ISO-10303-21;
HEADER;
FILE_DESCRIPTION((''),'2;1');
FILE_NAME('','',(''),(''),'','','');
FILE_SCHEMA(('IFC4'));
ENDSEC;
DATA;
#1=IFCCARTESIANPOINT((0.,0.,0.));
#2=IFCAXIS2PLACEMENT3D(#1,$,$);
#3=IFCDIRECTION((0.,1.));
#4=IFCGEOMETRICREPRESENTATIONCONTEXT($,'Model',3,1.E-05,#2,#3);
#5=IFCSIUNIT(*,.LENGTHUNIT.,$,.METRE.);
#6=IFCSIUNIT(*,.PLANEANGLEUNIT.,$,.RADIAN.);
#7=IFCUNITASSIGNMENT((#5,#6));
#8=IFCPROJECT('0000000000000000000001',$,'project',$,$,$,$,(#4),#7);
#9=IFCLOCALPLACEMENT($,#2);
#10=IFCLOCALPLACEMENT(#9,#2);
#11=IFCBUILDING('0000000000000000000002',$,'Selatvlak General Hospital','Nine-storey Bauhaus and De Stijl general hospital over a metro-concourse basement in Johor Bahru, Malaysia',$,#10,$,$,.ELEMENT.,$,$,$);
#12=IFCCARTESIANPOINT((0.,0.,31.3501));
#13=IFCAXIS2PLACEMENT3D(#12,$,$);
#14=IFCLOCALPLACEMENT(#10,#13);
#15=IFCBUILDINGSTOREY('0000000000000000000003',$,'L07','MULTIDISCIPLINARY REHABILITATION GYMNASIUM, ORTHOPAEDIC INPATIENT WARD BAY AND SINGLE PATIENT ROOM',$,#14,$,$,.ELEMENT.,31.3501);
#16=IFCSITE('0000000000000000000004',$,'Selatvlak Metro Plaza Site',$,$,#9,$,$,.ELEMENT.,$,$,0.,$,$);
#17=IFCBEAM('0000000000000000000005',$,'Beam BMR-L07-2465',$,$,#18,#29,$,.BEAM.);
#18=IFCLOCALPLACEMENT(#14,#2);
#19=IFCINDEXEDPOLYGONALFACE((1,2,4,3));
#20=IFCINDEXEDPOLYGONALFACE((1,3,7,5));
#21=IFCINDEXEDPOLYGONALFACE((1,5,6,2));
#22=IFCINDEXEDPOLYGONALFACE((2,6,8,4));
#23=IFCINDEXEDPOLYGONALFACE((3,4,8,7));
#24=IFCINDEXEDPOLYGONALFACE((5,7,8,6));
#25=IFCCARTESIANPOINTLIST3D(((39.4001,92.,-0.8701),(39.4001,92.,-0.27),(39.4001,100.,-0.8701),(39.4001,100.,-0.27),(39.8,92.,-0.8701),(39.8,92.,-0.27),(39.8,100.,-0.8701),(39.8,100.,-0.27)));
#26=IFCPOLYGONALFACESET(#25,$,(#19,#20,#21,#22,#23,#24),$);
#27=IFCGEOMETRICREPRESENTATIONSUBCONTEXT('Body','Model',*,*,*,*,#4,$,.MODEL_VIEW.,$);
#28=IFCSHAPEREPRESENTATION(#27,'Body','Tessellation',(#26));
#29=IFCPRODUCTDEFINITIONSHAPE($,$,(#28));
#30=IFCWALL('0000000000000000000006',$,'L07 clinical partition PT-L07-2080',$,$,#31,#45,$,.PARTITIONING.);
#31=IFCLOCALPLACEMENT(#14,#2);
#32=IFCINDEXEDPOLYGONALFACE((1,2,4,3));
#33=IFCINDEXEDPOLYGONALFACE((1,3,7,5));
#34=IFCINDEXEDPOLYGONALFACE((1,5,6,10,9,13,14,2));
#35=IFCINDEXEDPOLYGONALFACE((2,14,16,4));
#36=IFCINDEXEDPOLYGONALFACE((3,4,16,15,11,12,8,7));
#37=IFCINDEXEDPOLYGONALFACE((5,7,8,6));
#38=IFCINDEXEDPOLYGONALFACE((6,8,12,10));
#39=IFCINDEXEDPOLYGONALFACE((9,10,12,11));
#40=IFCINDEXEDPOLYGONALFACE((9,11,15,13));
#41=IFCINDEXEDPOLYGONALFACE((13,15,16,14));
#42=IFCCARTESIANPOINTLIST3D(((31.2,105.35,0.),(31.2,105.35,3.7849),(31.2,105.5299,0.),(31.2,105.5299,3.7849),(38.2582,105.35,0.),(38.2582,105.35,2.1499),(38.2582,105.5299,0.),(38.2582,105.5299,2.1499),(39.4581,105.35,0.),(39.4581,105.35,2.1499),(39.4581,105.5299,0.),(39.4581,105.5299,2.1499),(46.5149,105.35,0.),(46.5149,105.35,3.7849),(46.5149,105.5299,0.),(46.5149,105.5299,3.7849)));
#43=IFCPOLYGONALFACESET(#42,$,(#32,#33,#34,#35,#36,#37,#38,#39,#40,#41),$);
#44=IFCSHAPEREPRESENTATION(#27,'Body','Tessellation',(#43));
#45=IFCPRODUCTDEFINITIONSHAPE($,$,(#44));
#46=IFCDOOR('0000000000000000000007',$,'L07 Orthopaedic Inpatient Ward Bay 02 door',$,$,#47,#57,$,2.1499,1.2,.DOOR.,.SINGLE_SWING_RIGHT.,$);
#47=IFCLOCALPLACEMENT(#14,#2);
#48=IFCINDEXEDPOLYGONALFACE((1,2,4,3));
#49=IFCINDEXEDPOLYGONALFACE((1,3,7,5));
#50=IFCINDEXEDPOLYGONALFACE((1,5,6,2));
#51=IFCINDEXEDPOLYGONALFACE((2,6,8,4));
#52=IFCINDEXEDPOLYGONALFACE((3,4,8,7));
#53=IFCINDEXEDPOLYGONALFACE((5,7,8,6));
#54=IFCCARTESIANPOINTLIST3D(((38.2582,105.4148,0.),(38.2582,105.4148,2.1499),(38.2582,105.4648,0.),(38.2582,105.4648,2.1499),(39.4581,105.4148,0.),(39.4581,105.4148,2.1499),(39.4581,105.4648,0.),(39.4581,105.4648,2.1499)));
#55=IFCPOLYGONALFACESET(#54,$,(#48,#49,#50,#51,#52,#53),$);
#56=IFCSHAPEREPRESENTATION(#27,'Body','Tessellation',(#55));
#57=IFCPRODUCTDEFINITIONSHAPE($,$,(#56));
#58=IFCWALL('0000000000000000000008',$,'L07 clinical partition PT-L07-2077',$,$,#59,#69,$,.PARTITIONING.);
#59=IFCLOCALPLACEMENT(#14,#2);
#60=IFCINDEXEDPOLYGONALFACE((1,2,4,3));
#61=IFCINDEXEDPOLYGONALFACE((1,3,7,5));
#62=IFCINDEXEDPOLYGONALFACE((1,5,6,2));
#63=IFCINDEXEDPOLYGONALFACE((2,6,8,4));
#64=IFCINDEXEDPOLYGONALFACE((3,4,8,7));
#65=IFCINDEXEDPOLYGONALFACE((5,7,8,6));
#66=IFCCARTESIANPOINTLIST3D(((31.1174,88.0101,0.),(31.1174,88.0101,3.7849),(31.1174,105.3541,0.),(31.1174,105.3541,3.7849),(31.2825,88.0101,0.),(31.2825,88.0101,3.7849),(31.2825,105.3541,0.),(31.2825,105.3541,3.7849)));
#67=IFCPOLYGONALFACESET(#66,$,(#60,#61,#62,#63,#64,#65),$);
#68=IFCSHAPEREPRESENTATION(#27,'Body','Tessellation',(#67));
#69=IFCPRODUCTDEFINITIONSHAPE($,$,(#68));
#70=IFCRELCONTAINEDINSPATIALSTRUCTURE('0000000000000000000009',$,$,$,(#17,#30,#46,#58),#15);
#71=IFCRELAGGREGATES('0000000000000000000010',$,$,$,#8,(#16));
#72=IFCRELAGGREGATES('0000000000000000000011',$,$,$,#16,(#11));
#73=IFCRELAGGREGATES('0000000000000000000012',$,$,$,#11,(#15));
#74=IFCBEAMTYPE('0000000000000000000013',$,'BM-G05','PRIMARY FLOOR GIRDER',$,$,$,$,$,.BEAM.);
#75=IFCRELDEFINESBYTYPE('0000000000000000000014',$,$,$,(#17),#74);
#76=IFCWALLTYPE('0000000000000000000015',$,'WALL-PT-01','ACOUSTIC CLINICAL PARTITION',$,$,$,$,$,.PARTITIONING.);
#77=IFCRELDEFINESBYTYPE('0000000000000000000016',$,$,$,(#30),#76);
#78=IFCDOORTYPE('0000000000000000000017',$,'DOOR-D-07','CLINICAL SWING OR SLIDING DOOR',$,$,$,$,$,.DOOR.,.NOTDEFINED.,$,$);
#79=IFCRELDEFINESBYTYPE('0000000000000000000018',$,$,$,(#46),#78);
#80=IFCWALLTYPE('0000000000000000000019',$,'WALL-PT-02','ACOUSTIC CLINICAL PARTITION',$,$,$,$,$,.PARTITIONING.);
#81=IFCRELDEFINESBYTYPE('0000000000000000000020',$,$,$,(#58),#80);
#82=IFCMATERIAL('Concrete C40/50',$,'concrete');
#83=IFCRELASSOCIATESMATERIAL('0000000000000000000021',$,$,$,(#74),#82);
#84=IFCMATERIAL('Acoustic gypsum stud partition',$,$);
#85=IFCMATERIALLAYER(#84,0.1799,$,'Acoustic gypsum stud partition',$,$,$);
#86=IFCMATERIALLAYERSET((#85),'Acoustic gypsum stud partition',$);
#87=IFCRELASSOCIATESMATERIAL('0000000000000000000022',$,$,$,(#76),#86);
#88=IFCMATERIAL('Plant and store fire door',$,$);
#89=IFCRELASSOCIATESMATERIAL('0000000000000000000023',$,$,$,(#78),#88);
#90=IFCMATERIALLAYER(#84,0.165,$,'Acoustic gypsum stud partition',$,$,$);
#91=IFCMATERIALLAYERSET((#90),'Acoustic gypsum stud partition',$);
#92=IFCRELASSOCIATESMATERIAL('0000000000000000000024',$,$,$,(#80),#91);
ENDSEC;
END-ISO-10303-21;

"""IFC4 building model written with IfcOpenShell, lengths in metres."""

from ifc_helpers import new_model, si_unit, direction, frame, frame_2d, origin, origin_2d, place, context, subcontext, project, spatial, rectangle, extrude, material, layer, layer_set, material_profile, profile_set, type_object, element, fill, save


model = new_model("IFC4")

# Units and contexts
model_context = context("Model", 3, precision=1e-05, world=origin(), true_north=direction((0.0, 1.0)))
body_context = subcontext(model_context, "Body", "Model", "MODEL_VIEW")
ifc_project = project(units=[si_unit("LENGTHUNIT", "METRE"), si_unit("PLANEANGLEUNIT", "RADIAN")], contexts=[model_context])

# Site, building, storey
site_placement = place(None, origin())
site = spatial("IfcSite", under=ifc_project, at=site_placement, Name="Selatvlak Metro Plaza Site", CompositionType="ELEMENT", RefElevation=0.0)
building_placement = place(site_placement, origin())
building = spatial("IfcBuilding", under=site, at=building_placement, Name="Selatvlak General Hospital", Description="Nine-storey Bauhaus and De Stijl general hospital over a metro-concourse basement in Johor Bahru, Malaysia", CompositionType="ELEMENT")
storey_placement = place(building_placement, frame((0.0, 0.0, 31.3501)))
storey = spatial("IfcBuildingStorey", under=building, at=storey_placement, Name="L07", Description="MULTIDISCIPLINARY REHABILITATION GYMNASIUM, ORTHOPAEDIC INPATIENT WARD BAY AND SINGLE PATIENT ROOM", CompositionType="ELEMENT", Elevation=31.3501)

# Shared definitions
ifc_material_1 = material(Name="Concrete C40/50", Category="concrete")

# Beam
ifc_material_profile_1 = material_profile(ifc_material_1, rectangle(XDim=0.3999, YDim=0.6001, at=origin_2d()), Name="RC-BM 400x600")
ifc_profile_set_1 = profile_set([ifc_material_profile_1], Name="Concrete C40/50")
beam_type_1 = type_object("IfcBeamType", Name="BM-G05", Description="PRIMARY FLOOR GIRDER", PredefinedType="BEAM", material=ifc_profile_set_1)
beam_1_placement = place(storey_placement, frame((39.6001, 92.0, -0.5701), z_axis=(0.0, 1.0, 0.0), x_axis=(-1.0, 0.0, 0.0)))
element("IfcBeam", 1, at=beam_1_placement, inside=storey, type_object=beam_type_1, Name="Beam BMR-L07-2465", PredefinedType="BEAM", context=body_context, shape_type="SweptSolid", body=[
    extrude(rectangle(XDim=0.3999, YDim=0.6001, at=origin_2d()), origin(), (0.0, 0.0, 1.0), 8.0),
])

# Wall, opening, door
ifc_material_2 = material(Name="Acoustic gypsum stud partition")
ifc_layer_1 = layer(ifc_material_2, 0.1799, Name="Acoustic gypsum stud partition")
ifc_layer_set_1 = layer_set([ifc_layer_1], Name="Acoustic gypsum stud partition")
wall_type_1 = type_object("IfcWallType", Name="WALL-PT-01", Description="ACOUSTIC CLINICAL PARTITION", PredefinedType="PARTITIONING", material=ifc_layer_set_1)
wall_1_placement = place(storey_placement, frame((31.2, 105.4399, 0.0), z_axis=(0.0, 0.0, 1.0), x_axis=(1.0, 0.0, 0.0)))
wall_1 = element("IfcWall", 2, at=wall_1_placement, inside=storey, type_object=wall_type_1, Name="L07 clinical partition PT-L07-2080", PredefinedType="PARTITIONING", context=body_context, shape_type="SweptSolid", body=[
    extrude(rectangle(XDim=15.3149, YDim=0.1799, at=frame_2d((7.6575, 0.0))), origin(), (0.0, 0.0, 1.0), 3.7849),
])
opening_placement = place(wall_1_placement, frame((7.0581, 0.0, 0.0)))
opening = element("IfcOpeningElement", 3, at=opening_placement, cuts=wall_1, PredefinedType="OPENING", context=body_context, shape_type="SweptSolid", body=[
    extrude(rectangle(XDim=1.2, YDim=2.1499, at=frame_2d((0.6001, 1.075))), frame((0.0, 0.0999, 0.0), z_axis=(0.0, -1.0, 0.0), x_axis=(1.0, 0.0, 0.0)), (0.0, 0.0, 1.0), 0.2),
])
ifc_material_3 = material(Name="Plant and store fire door")
door_type = type_object("IfcDoorType", Name="DOOR-D-07", Description="CLINICAL SWING OR SLIDING DOOR", OperationType="NOTDEFINED", PredefinedType="DOOR", material=ifc_material_3)
door_placement = place(opening_placement, origin())
door = element("IfcDoor", 4, at=door_placement, inside=storey, type_object=door_type, Name="L07 Orthopaedic Inpatient Ward Bay 02 door", OperationType="SINGLE_SWING_RIGHT", OverallHeight=2.1499, OverallWidth=1.2, PredefinedType="DOOR", context=body_context, shape_type="SweptSolid", body=[
    extrude(rectangle(XDim=1.2, YDim=2.1499, at=frame_2d((0.6001, 1.075))), frame((0.0, 0.0249, 0.0), z_axis=(0.0, -1.0, 0.0), x_axis=(1.0, 0.0, 0.0)), (0.0, 0.0, 1.0), 0.05),
])
fill(opening, door)

# Wall
ifc_layer_2 = layer(ifc_material_2, 0.165, Name="Acoustic gypsum stud partition")
ifc_layer_set_2 = layer_set([ifc_layer_2], Name="Acoustic gypsum stud partition")
wall_type_2 = type_object("IfcWallType", Name="WALL-PT-02", Description="ACOUSTIC CLINICAL PARTITION", PredefinedType="PARTITIONING", material=ifc_layer_set_2)
wall_2_placement = place(storey_placement, frame((31.2, 105.354, 0.0), z_axis=(0.0, 0.0, 1.0), x_axis=(0.0, -1.0, 0.0)))
element("IfcWall", 5, at=wall_2_placement, inside=storey, type_object=wall_type_2, Name="L07 clinical partition PT-L07-2077", PredefinedType="PARTITIONING", context=body_context, shape_type="SweptSolid", body=[
    extrude(rectangle(XDim=17.344, YDim=0.165, at=frame_2d((8.6719, 0.0))), origin(), (0.0, 0.0, 1.0), 3.7849),
])

save(model, "model.ifc")
